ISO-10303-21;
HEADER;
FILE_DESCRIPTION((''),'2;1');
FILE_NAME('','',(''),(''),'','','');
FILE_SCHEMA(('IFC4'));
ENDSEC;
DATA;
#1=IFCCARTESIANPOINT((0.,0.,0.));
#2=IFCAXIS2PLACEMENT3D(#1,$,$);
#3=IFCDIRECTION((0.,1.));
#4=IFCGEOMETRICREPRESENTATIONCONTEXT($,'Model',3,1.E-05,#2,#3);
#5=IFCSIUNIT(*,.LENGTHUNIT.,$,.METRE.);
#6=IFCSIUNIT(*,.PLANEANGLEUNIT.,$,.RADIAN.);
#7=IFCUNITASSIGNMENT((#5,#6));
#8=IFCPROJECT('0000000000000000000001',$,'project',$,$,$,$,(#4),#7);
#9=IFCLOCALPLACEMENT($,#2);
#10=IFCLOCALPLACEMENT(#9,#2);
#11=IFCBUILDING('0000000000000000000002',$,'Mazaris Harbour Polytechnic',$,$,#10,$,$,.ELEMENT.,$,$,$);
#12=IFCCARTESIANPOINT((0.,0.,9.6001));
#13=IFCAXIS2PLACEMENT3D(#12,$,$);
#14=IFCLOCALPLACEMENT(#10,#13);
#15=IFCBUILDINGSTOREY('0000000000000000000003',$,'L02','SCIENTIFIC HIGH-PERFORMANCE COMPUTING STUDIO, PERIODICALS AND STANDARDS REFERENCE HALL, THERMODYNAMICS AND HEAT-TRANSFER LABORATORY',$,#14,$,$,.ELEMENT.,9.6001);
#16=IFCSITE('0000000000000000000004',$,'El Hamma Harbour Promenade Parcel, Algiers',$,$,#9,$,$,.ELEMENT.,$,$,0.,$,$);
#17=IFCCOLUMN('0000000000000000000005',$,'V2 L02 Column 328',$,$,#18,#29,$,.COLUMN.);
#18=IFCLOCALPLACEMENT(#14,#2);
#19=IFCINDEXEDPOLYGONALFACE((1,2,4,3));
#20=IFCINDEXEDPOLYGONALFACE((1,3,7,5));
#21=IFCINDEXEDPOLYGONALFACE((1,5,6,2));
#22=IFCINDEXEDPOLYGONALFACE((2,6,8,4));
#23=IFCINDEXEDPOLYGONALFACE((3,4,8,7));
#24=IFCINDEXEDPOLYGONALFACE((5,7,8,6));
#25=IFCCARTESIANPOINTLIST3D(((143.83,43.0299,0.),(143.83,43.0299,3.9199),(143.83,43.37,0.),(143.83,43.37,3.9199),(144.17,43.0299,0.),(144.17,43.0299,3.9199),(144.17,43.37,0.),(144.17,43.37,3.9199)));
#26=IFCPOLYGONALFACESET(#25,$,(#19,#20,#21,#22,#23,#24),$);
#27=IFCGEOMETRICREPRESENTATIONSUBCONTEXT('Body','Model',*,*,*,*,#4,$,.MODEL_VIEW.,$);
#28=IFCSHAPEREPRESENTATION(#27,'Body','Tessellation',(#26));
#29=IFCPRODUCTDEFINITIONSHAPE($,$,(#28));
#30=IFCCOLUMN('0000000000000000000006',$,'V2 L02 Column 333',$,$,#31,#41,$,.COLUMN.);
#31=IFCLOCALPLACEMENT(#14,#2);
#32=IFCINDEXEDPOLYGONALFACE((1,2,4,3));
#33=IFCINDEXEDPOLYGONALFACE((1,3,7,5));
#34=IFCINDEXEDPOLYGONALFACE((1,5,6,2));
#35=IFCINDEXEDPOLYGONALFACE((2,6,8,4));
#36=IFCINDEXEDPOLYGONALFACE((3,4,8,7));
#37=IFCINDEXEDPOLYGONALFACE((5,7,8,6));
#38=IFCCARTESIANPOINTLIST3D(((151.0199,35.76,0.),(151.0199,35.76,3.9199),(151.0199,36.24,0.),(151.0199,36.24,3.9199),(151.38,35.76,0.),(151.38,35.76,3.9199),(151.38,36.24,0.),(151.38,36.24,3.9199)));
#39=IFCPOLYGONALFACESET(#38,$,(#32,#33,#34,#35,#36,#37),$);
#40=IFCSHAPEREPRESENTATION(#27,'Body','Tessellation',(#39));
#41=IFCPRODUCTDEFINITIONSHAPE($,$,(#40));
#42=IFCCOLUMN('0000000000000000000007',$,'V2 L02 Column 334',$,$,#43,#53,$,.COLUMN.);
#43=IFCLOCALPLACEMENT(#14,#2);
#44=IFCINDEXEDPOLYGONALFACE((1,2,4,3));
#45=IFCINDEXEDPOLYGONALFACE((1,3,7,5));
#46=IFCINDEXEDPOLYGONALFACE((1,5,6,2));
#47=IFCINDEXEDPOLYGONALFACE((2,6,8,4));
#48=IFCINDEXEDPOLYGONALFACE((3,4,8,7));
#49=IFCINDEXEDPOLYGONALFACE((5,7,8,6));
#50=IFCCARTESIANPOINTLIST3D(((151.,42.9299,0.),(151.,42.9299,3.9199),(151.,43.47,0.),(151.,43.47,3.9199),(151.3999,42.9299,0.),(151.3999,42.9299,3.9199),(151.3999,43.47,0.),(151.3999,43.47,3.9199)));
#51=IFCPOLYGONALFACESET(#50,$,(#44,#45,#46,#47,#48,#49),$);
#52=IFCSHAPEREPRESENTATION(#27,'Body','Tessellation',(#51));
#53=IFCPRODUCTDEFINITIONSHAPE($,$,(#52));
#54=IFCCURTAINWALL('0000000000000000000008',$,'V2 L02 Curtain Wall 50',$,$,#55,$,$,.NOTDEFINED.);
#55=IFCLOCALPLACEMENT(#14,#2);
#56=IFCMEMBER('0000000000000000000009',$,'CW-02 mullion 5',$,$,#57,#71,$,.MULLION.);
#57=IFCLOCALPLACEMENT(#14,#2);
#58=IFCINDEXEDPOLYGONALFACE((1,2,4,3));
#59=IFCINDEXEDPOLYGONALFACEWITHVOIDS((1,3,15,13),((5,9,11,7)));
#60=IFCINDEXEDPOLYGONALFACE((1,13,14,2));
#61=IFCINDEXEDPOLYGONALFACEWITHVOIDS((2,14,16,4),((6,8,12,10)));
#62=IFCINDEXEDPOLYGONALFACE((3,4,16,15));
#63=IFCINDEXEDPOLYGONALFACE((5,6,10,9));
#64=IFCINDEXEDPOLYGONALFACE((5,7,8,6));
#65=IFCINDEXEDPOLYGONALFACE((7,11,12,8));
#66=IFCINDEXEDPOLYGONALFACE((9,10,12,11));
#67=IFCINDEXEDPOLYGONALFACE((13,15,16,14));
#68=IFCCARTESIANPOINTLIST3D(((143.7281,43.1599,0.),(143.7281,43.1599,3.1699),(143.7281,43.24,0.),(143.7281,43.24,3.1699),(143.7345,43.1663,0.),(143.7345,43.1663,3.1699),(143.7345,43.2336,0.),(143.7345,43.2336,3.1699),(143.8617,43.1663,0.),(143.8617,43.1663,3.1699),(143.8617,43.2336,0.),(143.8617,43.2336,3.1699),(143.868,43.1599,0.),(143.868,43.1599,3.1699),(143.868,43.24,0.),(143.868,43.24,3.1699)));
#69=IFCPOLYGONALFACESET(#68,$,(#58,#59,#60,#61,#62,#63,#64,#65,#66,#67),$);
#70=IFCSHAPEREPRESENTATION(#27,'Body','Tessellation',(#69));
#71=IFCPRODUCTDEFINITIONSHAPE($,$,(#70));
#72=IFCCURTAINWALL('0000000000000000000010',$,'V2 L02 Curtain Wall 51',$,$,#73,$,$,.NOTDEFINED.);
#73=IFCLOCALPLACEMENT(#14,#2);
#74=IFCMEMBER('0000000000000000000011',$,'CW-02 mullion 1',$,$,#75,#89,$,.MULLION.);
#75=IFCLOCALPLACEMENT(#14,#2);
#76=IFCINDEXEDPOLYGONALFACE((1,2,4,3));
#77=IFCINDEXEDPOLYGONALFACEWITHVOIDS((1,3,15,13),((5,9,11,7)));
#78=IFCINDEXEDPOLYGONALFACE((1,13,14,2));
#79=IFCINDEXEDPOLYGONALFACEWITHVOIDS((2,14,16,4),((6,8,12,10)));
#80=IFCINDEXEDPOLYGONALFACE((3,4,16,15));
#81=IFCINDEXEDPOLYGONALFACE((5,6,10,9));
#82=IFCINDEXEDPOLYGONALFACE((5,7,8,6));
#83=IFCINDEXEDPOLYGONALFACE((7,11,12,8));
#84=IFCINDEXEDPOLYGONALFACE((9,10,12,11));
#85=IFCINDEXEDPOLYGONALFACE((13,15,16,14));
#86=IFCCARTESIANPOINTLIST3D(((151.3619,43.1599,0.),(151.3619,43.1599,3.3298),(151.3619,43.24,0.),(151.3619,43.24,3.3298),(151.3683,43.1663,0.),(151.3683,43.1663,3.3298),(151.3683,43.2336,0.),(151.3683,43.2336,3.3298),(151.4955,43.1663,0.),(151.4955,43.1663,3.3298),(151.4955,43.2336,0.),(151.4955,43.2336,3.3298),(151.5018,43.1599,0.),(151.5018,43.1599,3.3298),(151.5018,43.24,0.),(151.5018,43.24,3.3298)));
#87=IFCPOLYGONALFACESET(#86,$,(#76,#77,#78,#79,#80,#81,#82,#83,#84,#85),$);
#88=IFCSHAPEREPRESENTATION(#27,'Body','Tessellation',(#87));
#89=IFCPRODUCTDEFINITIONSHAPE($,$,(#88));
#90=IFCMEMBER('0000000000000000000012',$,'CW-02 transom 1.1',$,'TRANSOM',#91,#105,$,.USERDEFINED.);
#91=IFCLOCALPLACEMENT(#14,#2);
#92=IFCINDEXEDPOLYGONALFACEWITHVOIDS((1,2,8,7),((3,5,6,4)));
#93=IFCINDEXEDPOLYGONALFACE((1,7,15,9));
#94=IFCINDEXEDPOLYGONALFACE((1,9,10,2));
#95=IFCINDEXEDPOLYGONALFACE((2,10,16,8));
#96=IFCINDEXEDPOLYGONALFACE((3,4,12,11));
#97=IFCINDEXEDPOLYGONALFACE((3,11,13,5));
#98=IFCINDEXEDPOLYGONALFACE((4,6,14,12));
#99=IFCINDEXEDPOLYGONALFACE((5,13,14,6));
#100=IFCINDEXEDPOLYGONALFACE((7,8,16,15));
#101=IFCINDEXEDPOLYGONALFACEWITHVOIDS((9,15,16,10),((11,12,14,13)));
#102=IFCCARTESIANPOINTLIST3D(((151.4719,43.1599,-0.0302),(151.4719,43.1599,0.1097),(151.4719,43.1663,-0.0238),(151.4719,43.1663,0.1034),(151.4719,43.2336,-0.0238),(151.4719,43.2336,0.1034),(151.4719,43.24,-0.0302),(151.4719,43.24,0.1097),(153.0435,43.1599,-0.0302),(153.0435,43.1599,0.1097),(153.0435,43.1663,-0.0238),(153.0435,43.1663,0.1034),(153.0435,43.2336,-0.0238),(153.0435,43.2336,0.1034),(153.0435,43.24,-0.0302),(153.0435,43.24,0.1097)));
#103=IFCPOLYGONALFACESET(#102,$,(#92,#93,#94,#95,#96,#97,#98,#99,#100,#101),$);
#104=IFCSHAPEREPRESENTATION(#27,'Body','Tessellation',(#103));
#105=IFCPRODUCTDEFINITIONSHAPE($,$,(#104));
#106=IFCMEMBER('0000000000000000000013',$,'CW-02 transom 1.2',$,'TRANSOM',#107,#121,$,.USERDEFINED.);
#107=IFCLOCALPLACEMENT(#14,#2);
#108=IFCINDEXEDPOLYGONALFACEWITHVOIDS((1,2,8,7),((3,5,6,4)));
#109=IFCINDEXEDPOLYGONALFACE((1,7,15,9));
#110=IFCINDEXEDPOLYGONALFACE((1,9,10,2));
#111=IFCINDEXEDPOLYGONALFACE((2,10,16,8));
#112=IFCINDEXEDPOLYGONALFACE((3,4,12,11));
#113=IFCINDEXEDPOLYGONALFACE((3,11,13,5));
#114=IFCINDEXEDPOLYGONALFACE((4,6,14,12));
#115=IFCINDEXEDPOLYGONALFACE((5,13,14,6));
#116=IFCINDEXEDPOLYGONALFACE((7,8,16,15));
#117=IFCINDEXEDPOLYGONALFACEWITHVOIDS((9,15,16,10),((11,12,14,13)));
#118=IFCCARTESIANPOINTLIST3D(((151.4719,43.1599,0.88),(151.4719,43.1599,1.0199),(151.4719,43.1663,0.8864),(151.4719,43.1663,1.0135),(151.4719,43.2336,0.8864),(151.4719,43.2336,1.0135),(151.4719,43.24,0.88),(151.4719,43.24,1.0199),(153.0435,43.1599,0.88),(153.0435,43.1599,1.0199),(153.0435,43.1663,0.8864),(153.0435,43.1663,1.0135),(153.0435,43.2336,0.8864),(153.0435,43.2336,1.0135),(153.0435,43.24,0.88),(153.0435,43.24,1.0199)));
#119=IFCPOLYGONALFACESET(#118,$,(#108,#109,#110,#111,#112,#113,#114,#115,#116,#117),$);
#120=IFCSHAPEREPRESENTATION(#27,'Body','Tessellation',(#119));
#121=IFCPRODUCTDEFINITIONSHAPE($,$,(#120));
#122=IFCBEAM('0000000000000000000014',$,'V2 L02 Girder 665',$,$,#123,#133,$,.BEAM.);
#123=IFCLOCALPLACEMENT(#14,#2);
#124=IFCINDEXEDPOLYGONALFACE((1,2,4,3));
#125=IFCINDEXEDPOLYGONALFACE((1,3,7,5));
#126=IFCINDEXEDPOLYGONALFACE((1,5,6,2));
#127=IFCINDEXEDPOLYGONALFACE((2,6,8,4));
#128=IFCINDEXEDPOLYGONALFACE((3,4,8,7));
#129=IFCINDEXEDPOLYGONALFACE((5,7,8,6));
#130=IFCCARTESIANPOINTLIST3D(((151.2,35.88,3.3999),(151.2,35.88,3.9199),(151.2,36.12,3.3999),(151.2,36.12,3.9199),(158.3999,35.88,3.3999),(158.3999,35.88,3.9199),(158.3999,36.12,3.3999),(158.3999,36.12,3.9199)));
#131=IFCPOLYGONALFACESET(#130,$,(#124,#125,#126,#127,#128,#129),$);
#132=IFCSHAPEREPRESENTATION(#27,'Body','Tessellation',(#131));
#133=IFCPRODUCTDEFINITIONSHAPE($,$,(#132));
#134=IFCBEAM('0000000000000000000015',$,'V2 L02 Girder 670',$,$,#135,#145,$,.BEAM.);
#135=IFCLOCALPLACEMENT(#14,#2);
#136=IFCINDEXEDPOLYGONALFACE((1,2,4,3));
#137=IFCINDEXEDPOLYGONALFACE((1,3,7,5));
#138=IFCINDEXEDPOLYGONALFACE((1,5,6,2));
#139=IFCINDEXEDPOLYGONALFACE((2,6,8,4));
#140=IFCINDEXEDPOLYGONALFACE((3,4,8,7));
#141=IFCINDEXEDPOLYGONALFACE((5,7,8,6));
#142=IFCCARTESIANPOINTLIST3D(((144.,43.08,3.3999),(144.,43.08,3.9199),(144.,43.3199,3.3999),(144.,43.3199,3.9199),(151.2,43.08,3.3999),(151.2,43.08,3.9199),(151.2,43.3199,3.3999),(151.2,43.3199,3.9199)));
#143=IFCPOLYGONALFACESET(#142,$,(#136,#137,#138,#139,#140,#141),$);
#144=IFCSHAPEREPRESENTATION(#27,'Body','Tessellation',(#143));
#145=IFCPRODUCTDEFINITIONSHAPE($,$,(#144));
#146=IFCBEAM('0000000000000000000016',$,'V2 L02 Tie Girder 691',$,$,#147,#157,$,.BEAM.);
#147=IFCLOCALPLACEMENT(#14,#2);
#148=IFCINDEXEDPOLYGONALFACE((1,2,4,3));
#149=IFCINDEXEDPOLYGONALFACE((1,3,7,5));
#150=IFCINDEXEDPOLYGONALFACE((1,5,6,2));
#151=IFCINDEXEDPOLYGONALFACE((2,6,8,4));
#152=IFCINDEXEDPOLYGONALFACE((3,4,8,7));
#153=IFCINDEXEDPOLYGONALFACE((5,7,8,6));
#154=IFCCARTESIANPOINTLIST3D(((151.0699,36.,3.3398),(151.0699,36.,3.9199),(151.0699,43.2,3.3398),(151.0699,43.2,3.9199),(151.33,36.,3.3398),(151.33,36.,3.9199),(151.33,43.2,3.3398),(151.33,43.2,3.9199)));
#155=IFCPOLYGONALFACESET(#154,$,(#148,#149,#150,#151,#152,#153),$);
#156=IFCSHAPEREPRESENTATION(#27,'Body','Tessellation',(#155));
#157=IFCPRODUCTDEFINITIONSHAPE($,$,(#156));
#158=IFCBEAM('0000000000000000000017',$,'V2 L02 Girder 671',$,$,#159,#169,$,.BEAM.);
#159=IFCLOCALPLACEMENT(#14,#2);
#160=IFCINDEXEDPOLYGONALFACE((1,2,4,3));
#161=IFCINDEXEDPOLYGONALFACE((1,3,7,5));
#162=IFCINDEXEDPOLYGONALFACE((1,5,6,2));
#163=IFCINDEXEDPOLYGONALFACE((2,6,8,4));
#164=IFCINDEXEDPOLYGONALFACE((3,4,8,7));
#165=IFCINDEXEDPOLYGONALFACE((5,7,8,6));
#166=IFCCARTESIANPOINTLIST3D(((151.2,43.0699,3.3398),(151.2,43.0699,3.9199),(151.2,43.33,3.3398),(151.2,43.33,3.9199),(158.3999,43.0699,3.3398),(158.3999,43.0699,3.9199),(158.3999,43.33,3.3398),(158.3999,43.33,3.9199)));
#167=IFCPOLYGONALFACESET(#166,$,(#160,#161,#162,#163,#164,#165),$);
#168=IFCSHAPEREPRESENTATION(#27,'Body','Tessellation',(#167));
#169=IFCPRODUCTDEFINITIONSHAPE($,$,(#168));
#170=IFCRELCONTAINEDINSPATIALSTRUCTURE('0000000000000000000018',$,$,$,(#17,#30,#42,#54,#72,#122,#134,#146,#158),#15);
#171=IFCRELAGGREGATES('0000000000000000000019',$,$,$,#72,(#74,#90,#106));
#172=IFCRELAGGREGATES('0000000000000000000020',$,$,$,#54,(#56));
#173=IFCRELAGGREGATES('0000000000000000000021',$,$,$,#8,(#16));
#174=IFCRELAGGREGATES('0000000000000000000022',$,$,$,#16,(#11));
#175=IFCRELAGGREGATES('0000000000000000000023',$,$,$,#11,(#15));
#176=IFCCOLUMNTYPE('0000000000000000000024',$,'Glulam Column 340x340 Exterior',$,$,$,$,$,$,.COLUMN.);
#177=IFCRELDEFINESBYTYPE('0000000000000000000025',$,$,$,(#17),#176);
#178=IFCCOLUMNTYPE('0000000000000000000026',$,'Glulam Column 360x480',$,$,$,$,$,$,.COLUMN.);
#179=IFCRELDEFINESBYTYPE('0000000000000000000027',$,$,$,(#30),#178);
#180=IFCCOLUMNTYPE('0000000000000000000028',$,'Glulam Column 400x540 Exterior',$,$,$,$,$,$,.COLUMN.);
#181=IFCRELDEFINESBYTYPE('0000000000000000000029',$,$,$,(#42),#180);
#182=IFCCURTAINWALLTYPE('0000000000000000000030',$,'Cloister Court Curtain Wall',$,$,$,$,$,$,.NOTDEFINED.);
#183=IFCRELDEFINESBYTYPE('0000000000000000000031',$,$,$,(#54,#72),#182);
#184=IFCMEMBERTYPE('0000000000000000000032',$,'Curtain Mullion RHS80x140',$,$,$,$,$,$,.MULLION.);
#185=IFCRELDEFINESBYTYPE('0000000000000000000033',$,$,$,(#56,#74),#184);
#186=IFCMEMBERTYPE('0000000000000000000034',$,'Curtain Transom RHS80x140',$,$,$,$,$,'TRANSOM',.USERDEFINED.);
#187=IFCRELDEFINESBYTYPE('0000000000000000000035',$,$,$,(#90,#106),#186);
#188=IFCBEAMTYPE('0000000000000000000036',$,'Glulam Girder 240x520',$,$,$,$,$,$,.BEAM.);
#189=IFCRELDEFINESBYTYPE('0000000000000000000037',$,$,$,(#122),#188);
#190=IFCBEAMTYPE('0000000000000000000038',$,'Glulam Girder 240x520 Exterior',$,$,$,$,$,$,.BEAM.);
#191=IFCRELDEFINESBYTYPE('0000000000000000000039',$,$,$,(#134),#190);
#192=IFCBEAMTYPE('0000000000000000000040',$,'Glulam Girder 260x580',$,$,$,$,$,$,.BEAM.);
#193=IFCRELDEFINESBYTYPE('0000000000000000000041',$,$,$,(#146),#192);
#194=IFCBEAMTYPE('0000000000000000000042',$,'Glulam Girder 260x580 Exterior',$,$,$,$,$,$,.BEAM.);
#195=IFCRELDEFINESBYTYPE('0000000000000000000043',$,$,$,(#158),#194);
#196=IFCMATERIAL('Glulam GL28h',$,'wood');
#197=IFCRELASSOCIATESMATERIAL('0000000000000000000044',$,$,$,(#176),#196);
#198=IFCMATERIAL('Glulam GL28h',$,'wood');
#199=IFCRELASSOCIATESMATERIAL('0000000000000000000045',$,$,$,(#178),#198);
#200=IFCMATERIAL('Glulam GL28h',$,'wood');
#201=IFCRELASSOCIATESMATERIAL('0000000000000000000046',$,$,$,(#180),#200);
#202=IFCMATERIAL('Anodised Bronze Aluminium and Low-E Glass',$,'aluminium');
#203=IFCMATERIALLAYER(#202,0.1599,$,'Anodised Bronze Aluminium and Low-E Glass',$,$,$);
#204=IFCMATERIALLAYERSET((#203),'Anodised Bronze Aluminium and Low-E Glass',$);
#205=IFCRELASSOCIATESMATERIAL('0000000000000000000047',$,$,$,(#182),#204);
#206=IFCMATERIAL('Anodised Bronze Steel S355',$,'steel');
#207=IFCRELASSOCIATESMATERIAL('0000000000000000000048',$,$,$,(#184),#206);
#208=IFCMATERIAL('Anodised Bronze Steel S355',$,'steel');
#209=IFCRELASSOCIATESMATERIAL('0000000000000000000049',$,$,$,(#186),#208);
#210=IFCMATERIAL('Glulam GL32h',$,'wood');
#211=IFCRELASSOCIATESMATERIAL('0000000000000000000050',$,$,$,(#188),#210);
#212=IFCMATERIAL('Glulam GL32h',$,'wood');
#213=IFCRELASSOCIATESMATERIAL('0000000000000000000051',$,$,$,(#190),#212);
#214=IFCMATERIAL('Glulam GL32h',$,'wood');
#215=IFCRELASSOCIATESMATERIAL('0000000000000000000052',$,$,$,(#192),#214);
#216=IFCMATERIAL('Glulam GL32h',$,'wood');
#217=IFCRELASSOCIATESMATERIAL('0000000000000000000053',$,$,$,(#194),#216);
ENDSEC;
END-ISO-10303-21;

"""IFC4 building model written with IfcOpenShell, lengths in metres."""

from ifc_helpers import new_model, si_unit, direction, frame, origin, origin_2d, place, context, subcontext, project, spatial, rectangle, hollow_rectangle, extrude, material, layer, layer_set, material_profile, profile_set, type_object, element, aggregate, save


model = new_model("IFC4")

# Units and contexts
model_context = context("Model", 3, precision=1e-05, world=origin(), true_north=direction((0.0, 1.0)))
body_context = subcontext(model_context, "Body", "Model", "MODEL_VIEW")
ifc_project = project(units=[si_unit("LENGTHUNIT", "METRE"), si_unit("PLANEANGLEUNIT", "RADIAN")], contexts=[model_context])

# Site, building, storey
site_placement = place(None, origin())
site = spatial("IfcSite", under=ifc_project, at=site_placement, Name="El Hamma Harbour Promenade Parcel, Algiers", CompositionType="ELEMENT", RefElevation=0.0)
building_placement = place(site_placement, origin())
building = spatial("IfcBuilding", under=site, at=building_placement, Name="Mazaris Harbour Polytechnic", CompositionType="ELEMENT")
storey_placement = place(building_placement, frame((0.0, 0.0, 9.6001)))
storey = spatial("IfcBuildingStorey", under=building, at=storey_placement, Name="L02", Description="SCIENTIFIC HIGH-PERFORMANCE COMPUTING STUDIO, PERIODICALS AND STANDARDS REFERENCE HALL, THERMODYNAMICS AND HEAT-TRANSFER LABORATORY", CompositionType="ELEMENT", Elevation=9.6001)

# Columns
ifc_material_1 = material(Name="Glulam GL28h", Category="wood")
ifc_material_profile_1 = material_profile(ifc_material_1, rectangle(XDim=0.3401, YDim=0.3401, at=origin_2d()), Name="RECT340x340")
ifc_profile_set_1 = profile_set([ifc_material_profile_1], Name="Glulam GL28h")
column_type_1 = type_object("IfcColumnType", Name="Glulam Column 340x340 Exterior", PredefinedType="COLUMN", material=ifc_profile_set_1)
column_1_placement = place(storey_placement, frame((144.0, 43.2, 0.0), z_axis=(0.0, 0.0, 1.0), x_axis=(1.0, 0.0, 0.0)))
element("IfcColumn", 1, at=column_1_placement, inside=storey, type_object=column_type_1, Name="V2 L02 Column 328", PredefinedType="COLUMN", context=body_context, shape_type="SweptSolid", body=[
    extrude(rectangle(XDim=0.3401, YDim=0.3401, at=origin_2d()), origin(), (0.0, 0.0, 1.0), 3.9199),
])
ifc_material_2 = material(Name="Glulam GL28h", Category="wood")
ifc_material_profile_2 = material_profile(ifc_material_2, rectangle(XDim=0.3601, YDim=0.48, at=origin_2d()), Name="RECT360x480")
ifc_profile_set_2 = profile_set([ifc_material_profile_2], Name="Glulam GL28h")
column_type_2 = type_object("IfcColumnType", Name="Glulam Column 360x480", PredefinedType="COLUMN", material=ifc_profile_set_2)
column_2_placement = place(storey_placement, frame((151.2, 36.0, 0.0), z_axis=(0.0, 0.0, 1.0), x_axis=(1.0, 0.0, 0.0)))
element("IfcColumn", 2, at=column_2_placement, inside=storey, type_object=column_type_2, Name="V2 L02 Column 333", PredefinedType="COLUMN", context=body_context, shape_type="SweptSolid", body=[
    extrude(rectangle(XDim=0.3601, YDim=0.48, at=origin_2d()), origin(), (0.0, 0.0, 1.0), 3.9199),
])
ifc_material_3 = material(Name="Glulam GL28h", Category="wood")
ifc_material_profile_3 = material_profile(ifc_material_3, rectangle(XDim=0.3999, YDim=0.54, at=origin_2d()), Name="RECT400x540")
ifc_profile_set_3 = profile_set([ifc_material_profile_3], Name="Glulam GL28h")
column_type_3 = type_object("IfcColumnType", Name="Glulam Column 400x540 Exterior", PredefinedType="COLUMN", material=ifc_profile_set_3)
column_3_placement = place(storey_placement, frame((151.2, 43.2, 0.0), z_axis=(0.0, 0.0, 1.0), x_axis=(1.0, 0.0, 0.0)))
element("IfcColumn", 3, at=column_3_placement, inside=storey, type_object=column_type_3, Name="V2 L02 Column 334", PredefinedType="COLUMN", context=body_context, shape_type="SweptSolid", body=[
    extrude(rectangle(XDim=0.3999, YDim=0.54, at=origin_2d()), origin(), (0.0, 0.0, 1.0), 3.9199),
])

# Curtain wall, member
ifc_material_4 = material(Name="Anodised Bronze Aluminium and Low-E Glass", Category="aluminium")
ifc_layer_1 = layer(ifc_material_4, 0.1599, Name="Anodised Bronze Aluminium and Low-E Glass")
ifc_layer_set_1 = layer_set([ifc_layer_1], Name="Anodised Bronze Aluminium and Low-E Glass")
curtain_wall_type = type_object("IfcCurtainWallType", Name="Cloister Court Curtain Wall", PredefinedType="NOTDEFINED", material=ifc_layer_set_1)
curtain_wall_1_placement = place(storey_placement, origin())
curtain_wall_1 = element("IfcCurtainWall", 4, at=curtain_wall_1_placement, inside=storey, type_object=curtain_wall_type, Name="V2 L02 Curtain Wall 50", PredefinedType="NOTDEFINED")
ifc_material_5 = material(Name="Anodised Bronze Steel S355", Category="steel")
ifc_material_profile_4 = material_profile(ifc_material_5, hollow_rectangle(XDim=0.0801, YDim=0.1399, WallThickness=0.0063, at=origin_2d()), Name="RHS 80x140x6.3")
ifc_profile_set_4 = profile_set([ifc_material_profile_4], Name="Anodised Bronze Steel S355")
member_type_1 = type_object("IfcMemberType", Name="Curtain Mullion RHS80x140", PredefinedType="MULLION", material=ifc_profile_set_4)
member_1_placement = place(storey_placement, frame((143.7981, 43.2, 0.0), z_axis=(0.0, 0.0, 1.0), x_axis=(0.0, 1.0, 0.0)))
member_1 = element("IfcMember", 5, at=member_1_placement, type_object=member_type_1, Name="CW-02 mullion 5", PredefinedType="MULLION", context=body_context, shape_type="SweptSolid", body=[
    extrude(hollow_rectangle(XDim=0.0801, YDim=0.1399, WallThickness=0.0063, at=origin_2d()), origin(), (0.0, 0.0, 1.0), 3.1699),
])

# Curtain wall, members
curtain_wall_2_placement = place(storey_placement, origin())
curtain_wall_2 = element("IfcCurtainWall", 6, at=curtain_wall_2_placement, inside=storey, type_object=curtain_wall_type, Name="V2 L02 Curtain Wall 51", PredefinedType="NOTDEFINED")
member_2_placement = place(storey_placement, frame((151.4319, 43.2, 0.0), z_axis=(0.0, 0.0, 1.0), x_axis=(0.0, 1.0, 0.0)))
member_2 = element("IfcMember", 7, at=member_2_placement, type_object=member_type_1, Name="CW-02 mullion 1", PredefinedType="MULLION", context=body_context, shape_type="SweptSolid", body=[
    extrude(hollow_rectangle(XDim=0.0801, YDim=0.1399, WallThickness=0.0063, at=origin_2d()), origin(), (0.0, 0.0, 1.0), 3.3298),
])
ifc_material_6 = material(Name="Anodised Bronze Steel S355", Category="steel")
ifc_material_profile_5 = material_profile(ifc_material_6, hollow_rectangle(XDim=0.0801, YDim=0.1399, WallThickness=0.0063, at=origin_2d()), Name="RHS 80x140x6.3")
ifc_profile_set_5 = profile_set([ifc_material_profile_5], Name="Anodised Bronze Steel S355")
member_type_2 = type_object("IfcMemberType", Name="Curtain Transom RHS80x140", ElementType="TRANSOM", PredefinedType="USERDEFINED", material=ifc_profile_set_5)
member_3_placement = place(storey_placement, frame((151.4719, 43.2, 0.0398), z_axis=(1.0, 0.0, 0.0), x_axis=(0.0, 1.0, 0.0)))
member_3 = element("IfcMember", 8, at=member_3_placement, type_object=member_type_2, Name="CW-02 transom 1.1", ObjectType="TRANSOM", PredefinedType="USERDEFINED", context=body_context, shape_type="SweptSolid", body=[
    extrude(hollow_rectangle(XDim=0.0801, YDim=0.1399, WallThickness=0.0063, at=origin_2d()), origin(), (0.0, 0.0, 1.0), 1.5715),
])
member_4_placement = place(storey_placement, frame((151.4719, 43.2, 0.95), z_axis=(1.0, 0.0, 0.0), x_axis=(0.0, 1.0, 0.0)))
member_4 = element("IfcMember", 9, at=member_4_placement, type_object=member_type_2, Name="CW-02 transom 1.2", ObjectType="TRANSOM", PredefinedType="USERDEFINED", context=body_context, shape_type="SweptSolid", body=[
    extrude(hollow_rectangle(XDim=0.0801, YDim=0.1399, WallThickness=0.0063, at=origin_2d()), origin(), (0.0, 0.0, 1.0), 1.5715),
])
aggregate(curtain_wall_2, [member_2, member_3, member_4])

# Beams
ifc_material_7 = material(Name="Glulam GL32h", Category="wood")
ifc_material_profile_6 = material_profile(ifc_material_7, rectangle(XDim=0.24, YDim=0.52, at=origin_2d()), Name="RECT240x520")
ifc_profile_set_6 = profile_set([ifc_material_profile_6], Name="Glulam GL32h")
beam_type_1 = type_object("IfcBeamType", Name="Glulam Girder 240x520", PredefinedType="BEAM", material=ifc_profile_set_6)
beam_1_placement = place(storey_placement, frame((151.2, 36.0, 3.6599), z_axis=(1.0, 0.0, 0.0), x_axis=(0.0, 1.0, 0.0)))
element("IfcBeam", 10, at=beam_1_placement, inside=storey, type_object=beam_type_1, Name="V2 L02 Girder 665", PredefinedType="BEAM", context=body_context, shape_type="SweptSolid", body=[
    extrude(rectangle(XDim=0.24, YDim=0.52, at=origin_2d()), origin(), (0.0, 0.0, 1.0), 7.2),
])
ifc_material_8 = material(Name="Glulam GL32h", Category="wood")
ifc_material_profile_7 = material_profile(ifc_material_8, rectangle(XDim=0.24, YDim=0.52, at=origin_2d()), Name="RECT240x520")
ifc_profile_set_7 = profile_set([ifc_material_profile_7], Name="Glulam GL32h")
beam_type_2 = type_object("IfcBeamType", Name="Glulam Girder 240x520 Exterior", PredefinedType="BEAM", material=ifc_profile_set_7)
beam_2_placement = place(storey_placement, frame((144.0, 43.2, 3.6599), z_axis=(1.0, 0.0, 0.0), x_axis=(0.0, 1.0, 0.0)))
element("IfcBeam", 11, at=beam_2_placement, inside=storey, type_object=beam_type_2, Name="V2 L02 Girder 670", PredefinedType="BEAM", context=body_context, shape_type="SweptSolid", body=[
    extrude(rectangle(XDim=0.24, YDim=0.52, at=origin_2d()), origin(), (0.0, 0.0, 1.0), 7.2),
])
ifc_material_9 = material(Name="Glulam GL32h", Category="wood")
ifc_material_profile_8 = material_profile(ifc_material_9, rectangle(XDim=0.26, YDim=0.5801, at=origin_2d()), Name="RECT260x580")
ifc_profile_set_8 = profile_set([ifc_material_profile_8], Name="Glulam GL32h")
beam_type_3 = type_object("IfcBeamType", Name="Glulam Girder 260x580", PredefinedType="BEAM", material=ifc_profile_set_8)
beam_3_placement = place(storey_placement, frame((151.2, 36.0, 3.6299), z_axis=(0.0, 1.0, 0.0), x_axis=(-1.0, 0.0, 0.0)))
element("IfcBeam", 12, at=beam_3_placement, inside=storey, type_object=beam_type_3, Name="V2 L02 Tie Girder 691", PredefinedType="BEAM", context=body_context, shape_type="SweptSolid", body=[
    extrude(rectangle(XDim=0.26, YDim=0.5801, at=origin_2d()), origin(), (0.0, 0.0, 1.0), 7.2),
])
ifc_material_10 = material(Name="Glulam GL32h", Category="wood")
ifc_material_profile_9 = material_profile(ifc_material_10, rectangle(XDim=0.26, YDim=0.5801, at=origin_2d()), Name="RECT260x580")
ifc_profile_set_9 = profile_set([ifc_material_profile_9], Name="Glulam GL32h")
beam_type_4 = type_object("IfcBeamType", Name="Glulam Girder 260x580 Exterior", PredefinedType="BEAM", material=ifc_profile_set_9)
beam_4_placement = place(storey_placement, frame((151.2, 43.2, 3.6299), z_axis=(1.0, 0.0, 0.0), x_axis=(0.0, 1.0, 0.0)))
element("IfcBeam", 13, at=beam_4_placement, inside=storey, type_object=beam_type_4, Name="V2 L02 Girder 671", PredefinedType="BEAM", context=body_context, shape_type="SweptSolid", body=[
    extrude(rectangle(XDim=0.26, YDim=0.5801, at=origin_2d()), origin(), (0.0, 0.0, 1.0), 7.2),
])

aggregate(curtain_wall_1, [member_1])

save(model, "model.ifc")
